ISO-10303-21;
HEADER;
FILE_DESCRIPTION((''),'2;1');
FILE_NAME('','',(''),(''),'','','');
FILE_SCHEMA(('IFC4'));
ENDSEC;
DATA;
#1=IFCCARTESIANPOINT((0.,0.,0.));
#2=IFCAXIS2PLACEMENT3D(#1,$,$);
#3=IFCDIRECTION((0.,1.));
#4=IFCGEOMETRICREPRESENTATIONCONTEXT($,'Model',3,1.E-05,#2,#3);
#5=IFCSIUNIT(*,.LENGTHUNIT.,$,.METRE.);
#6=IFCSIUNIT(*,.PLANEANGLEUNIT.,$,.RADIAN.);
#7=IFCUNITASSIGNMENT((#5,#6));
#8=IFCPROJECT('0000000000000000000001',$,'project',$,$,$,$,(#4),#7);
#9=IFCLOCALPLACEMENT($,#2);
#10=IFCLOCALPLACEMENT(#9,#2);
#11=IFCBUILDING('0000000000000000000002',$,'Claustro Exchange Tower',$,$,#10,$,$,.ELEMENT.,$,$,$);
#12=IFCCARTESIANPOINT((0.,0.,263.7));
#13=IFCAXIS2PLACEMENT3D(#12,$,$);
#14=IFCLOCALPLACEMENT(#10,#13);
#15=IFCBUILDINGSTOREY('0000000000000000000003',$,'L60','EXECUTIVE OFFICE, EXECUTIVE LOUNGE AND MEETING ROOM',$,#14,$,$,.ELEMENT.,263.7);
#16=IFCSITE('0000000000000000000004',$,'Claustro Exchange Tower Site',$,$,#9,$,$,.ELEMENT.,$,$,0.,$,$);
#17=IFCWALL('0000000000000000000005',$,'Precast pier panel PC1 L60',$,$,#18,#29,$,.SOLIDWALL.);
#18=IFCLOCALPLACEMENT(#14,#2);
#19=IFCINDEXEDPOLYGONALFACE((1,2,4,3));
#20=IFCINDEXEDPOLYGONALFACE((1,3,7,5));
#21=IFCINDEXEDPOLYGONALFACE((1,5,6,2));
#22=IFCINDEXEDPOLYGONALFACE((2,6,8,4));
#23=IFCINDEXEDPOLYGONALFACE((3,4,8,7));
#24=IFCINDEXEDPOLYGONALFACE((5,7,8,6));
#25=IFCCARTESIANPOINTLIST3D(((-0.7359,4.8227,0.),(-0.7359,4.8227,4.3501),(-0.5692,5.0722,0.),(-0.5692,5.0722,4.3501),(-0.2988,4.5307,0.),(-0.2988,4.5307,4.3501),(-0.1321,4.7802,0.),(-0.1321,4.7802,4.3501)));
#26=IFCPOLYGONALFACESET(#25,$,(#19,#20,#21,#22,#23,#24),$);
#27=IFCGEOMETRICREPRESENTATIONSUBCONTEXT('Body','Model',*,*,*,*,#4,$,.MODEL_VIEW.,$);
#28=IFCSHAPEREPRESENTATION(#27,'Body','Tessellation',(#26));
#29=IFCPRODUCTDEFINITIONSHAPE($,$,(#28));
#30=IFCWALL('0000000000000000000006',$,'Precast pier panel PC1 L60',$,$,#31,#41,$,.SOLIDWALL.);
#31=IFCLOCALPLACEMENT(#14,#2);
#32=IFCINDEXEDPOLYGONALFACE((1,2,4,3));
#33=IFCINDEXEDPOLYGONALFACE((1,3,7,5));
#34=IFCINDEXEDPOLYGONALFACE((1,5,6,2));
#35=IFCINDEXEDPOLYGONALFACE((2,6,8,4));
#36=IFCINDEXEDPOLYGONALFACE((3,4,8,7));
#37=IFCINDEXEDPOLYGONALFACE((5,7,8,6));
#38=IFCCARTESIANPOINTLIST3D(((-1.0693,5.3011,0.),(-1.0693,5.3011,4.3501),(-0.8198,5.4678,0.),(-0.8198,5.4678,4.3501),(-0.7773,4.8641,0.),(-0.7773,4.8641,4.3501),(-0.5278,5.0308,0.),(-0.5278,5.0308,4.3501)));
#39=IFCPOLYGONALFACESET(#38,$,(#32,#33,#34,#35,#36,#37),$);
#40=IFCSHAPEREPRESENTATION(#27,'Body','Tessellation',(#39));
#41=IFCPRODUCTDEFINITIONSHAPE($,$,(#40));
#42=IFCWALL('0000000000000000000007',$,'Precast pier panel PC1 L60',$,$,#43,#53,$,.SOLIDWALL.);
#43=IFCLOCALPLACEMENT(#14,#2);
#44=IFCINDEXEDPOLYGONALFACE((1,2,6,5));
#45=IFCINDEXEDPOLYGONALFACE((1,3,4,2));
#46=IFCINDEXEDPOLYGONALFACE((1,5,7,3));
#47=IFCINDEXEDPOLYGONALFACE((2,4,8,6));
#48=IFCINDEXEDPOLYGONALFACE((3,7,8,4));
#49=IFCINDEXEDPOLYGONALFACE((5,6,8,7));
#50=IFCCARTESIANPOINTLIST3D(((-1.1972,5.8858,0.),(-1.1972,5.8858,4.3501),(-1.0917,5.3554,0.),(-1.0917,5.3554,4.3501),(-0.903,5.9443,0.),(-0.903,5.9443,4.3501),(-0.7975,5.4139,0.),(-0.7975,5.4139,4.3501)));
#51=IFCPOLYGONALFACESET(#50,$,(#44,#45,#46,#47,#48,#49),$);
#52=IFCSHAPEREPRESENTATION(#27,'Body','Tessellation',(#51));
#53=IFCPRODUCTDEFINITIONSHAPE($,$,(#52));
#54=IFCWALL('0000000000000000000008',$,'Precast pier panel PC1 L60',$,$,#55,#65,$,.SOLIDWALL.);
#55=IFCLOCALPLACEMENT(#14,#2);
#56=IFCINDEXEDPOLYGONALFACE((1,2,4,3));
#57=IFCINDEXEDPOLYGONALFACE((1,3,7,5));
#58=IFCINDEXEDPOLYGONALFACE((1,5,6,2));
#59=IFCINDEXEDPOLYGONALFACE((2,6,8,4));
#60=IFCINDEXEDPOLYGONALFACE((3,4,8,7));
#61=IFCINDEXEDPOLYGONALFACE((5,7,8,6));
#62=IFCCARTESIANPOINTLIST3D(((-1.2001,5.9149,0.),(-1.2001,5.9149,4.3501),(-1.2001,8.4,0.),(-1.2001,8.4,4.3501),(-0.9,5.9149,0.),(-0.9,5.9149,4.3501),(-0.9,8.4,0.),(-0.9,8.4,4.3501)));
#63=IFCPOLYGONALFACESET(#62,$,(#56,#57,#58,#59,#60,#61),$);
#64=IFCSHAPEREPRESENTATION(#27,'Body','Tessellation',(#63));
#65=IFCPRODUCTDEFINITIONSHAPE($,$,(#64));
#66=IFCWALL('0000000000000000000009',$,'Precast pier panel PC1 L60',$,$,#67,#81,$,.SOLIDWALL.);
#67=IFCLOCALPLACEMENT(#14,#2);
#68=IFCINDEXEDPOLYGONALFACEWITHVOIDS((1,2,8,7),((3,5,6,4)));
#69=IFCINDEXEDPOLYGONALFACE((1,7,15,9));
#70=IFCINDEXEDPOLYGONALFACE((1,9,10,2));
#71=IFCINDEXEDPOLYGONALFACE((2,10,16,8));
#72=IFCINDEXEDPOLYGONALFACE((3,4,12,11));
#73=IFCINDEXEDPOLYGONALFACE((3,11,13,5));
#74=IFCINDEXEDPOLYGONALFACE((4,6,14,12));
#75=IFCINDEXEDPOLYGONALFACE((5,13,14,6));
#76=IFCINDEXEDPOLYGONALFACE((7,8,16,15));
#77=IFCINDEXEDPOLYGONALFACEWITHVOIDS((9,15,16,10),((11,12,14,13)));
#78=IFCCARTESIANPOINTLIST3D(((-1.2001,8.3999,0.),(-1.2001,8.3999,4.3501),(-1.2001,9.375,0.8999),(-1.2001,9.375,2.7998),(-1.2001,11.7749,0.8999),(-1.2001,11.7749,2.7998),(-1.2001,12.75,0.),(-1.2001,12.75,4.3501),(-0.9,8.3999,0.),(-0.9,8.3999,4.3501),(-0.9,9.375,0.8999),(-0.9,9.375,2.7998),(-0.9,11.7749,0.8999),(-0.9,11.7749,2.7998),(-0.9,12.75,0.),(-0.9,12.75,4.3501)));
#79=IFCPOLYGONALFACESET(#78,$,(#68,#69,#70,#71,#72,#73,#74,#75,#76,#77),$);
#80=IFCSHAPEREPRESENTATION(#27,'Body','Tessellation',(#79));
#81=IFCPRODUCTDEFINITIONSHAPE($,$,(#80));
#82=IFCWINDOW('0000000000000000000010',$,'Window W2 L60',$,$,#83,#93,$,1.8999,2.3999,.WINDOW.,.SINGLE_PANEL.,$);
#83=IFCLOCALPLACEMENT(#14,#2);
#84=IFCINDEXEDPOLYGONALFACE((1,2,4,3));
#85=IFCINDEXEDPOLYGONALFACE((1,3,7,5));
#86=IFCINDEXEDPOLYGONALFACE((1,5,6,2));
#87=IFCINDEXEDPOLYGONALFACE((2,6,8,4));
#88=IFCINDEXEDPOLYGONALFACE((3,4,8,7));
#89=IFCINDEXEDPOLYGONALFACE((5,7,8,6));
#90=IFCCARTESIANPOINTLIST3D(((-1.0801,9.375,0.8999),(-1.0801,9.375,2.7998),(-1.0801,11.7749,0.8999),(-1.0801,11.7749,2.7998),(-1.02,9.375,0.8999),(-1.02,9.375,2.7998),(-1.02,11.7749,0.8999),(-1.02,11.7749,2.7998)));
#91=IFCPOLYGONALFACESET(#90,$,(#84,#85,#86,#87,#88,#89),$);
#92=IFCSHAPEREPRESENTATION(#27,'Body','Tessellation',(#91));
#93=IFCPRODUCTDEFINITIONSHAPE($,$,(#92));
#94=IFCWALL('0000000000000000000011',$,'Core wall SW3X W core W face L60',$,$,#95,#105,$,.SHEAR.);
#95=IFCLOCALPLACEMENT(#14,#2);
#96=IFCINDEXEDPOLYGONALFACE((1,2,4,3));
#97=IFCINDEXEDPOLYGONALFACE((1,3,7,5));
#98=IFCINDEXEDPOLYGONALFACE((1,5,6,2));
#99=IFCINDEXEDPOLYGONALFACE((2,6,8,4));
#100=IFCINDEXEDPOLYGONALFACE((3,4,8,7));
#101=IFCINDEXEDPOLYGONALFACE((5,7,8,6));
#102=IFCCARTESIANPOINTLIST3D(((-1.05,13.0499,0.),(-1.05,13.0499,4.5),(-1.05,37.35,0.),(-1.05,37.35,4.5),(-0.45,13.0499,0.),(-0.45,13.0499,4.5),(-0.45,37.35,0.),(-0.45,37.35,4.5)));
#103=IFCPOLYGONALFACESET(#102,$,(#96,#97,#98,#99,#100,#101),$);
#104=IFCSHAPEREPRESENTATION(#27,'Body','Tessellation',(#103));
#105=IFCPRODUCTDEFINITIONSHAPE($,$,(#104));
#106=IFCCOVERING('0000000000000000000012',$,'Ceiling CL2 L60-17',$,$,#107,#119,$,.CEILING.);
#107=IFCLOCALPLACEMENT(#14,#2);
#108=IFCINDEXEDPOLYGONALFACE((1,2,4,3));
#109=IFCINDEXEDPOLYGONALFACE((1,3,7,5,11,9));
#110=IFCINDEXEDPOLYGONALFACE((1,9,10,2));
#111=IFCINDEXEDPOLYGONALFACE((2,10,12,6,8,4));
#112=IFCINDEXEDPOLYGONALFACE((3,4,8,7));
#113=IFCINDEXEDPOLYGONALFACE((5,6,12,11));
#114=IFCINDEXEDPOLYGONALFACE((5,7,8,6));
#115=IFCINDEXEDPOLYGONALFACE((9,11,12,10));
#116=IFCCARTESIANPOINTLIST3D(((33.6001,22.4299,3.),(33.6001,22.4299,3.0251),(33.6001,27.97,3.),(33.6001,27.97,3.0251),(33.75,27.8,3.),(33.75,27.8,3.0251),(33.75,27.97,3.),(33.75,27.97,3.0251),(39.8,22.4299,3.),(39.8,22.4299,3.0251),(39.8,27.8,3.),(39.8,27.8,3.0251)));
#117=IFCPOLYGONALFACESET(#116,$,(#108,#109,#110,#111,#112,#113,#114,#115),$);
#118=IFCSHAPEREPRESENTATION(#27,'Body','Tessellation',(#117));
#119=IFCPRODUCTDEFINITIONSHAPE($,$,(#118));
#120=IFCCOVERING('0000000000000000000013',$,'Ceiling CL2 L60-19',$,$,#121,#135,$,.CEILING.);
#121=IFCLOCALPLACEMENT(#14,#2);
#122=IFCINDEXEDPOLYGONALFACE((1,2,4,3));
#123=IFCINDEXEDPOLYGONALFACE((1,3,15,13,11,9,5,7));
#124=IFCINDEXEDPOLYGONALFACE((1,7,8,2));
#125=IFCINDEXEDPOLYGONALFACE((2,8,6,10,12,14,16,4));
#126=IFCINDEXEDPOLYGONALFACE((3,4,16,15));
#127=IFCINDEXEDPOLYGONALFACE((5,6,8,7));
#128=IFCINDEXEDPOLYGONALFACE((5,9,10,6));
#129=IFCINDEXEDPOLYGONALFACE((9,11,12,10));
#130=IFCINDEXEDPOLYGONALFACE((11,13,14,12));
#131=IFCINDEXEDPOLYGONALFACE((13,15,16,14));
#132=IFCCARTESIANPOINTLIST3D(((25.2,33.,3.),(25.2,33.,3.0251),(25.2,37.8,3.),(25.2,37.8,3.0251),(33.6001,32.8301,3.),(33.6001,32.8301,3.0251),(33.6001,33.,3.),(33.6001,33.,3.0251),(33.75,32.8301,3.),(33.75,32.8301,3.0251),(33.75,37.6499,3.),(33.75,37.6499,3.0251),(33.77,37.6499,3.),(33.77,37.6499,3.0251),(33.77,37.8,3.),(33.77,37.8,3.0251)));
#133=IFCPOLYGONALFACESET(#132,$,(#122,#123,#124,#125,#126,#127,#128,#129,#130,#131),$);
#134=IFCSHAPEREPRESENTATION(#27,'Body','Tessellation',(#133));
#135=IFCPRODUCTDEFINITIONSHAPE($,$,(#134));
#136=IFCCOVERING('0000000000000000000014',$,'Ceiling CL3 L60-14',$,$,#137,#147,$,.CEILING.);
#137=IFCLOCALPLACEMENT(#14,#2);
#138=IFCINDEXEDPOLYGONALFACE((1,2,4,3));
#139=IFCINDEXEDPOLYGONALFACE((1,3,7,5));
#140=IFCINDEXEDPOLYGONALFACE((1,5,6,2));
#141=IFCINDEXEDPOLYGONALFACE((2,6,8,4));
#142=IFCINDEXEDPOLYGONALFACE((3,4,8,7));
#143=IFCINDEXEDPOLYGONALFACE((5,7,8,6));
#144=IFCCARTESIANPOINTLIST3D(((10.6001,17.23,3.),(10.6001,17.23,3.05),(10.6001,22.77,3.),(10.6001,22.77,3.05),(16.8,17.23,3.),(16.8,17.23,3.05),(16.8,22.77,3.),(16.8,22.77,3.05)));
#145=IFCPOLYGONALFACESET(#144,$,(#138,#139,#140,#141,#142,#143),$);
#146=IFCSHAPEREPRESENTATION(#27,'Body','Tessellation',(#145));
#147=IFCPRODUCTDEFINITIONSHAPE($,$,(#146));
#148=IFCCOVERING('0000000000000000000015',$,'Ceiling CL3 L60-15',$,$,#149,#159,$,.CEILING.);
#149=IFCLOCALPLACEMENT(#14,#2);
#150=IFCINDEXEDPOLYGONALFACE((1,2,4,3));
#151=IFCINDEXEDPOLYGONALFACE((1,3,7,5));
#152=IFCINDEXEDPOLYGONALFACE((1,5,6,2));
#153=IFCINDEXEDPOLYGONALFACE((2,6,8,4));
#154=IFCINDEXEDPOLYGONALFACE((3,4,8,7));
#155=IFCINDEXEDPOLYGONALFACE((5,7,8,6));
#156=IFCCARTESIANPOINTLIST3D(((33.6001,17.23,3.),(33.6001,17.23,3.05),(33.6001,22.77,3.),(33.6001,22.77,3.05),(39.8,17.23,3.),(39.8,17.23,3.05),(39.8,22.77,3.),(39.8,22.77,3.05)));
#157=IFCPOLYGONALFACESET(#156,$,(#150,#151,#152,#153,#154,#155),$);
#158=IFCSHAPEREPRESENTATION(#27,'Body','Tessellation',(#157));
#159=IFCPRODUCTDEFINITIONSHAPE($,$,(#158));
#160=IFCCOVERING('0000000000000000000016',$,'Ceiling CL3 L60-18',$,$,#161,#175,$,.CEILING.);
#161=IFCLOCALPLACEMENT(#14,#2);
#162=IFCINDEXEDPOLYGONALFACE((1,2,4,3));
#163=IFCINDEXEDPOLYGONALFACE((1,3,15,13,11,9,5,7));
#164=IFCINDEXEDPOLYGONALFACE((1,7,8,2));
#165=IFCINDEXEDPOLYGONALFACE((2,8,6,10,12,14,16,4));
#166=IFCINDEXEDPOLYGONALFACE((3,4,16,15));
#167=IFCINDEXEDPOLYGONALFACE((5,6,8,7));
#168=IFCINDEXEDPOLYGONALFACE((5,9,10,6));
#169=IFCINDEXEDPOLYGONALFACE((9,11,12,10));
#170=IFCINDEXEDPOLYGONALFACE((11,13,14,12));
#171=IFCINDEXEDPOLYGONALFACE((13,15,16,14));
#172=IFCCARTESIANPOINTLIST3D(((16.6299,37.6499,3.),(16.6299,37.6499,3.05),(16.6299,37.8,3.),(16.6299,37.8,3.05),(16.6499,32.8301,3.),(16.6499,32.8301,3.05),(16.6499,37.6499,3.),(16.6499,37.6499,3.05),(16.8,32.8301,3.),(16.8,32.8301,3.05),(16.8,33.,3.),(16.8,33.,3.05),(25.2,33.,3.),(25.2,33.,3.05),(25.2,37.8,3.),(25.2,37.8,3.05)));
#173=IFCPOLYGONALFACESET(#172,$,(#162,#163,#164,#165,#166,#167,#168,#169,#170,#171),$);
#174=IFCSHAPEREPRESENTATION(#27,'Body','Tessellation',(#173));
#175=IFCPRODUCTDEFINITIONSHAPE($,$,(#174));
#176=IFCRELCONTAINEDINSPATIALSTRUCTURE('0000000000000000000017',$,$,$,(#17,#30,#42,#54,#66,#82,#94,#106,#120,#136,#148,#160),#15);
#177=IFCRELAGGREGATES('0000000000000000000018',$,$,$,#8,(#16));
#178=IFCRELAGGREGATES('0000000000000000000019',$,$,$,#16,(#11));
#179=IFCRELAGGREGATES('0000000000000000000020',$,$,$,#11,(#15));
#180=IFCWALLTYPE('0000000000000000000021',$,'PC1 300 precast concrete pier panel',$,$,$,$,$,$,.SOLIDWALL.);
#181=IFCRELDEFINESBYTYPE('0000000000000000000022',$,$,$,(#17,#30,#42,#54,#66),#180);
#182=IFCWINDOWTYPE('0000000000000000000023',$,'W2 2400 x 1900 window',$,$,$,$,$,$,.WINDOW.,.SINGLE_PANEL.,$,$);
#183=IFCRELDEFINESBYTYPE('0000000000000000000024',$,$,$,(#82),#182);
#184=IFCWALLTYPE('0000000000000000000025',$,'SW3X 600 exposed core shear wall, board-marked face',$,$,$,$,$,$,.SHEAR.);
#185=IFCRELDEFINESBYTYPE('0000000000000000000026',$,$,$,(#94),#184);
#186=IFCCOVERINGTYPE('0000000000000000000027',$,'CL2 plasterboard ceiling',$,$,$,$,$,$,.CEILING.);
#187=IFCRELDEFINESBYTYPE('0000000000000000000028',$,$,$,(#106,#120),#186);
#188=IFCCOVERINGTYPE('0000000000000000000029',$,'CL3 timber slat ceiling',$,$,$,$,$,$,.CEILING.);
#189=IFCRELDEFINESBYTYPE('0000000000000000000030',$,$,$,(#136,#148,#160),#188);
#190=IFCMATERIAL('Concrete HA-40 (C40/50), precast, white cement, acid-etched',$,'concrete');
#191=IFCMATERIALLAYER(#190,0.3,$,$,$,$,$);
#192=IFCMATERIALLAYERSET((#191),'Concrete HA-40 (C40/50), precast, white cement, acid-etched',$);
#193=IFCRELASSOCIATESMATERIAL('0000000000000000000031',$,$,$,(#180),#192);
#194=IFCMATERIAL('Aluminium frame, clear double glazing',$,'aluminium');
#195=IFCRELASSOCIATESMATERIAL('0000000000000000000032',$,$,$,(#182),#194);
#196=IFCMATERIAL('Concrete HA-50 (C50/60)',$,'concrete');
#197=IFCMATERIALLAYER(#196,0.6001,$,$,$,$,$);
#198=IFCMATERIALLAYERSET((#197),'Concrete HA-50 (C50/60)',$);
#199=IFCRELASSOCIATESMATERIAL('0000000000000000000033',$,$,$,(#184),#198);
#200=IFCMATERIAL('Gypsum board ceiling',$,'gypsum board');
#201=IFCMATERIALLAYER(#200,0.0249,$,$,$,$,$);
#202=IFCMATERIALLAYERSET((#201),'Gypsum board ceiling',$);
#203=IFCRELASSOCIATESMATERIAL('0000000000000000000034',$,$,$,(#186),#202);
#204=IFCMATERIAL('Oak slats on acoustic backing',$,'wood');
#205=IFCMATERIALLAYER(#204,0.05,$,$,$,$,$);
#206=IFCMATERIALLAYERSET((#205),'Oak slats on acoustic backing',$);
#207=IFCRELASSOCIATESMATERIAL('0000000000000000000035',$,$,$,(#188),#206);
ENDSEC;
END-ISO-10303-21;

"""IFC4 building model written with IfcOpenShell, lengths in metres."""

from ifc_helpers import new_model, si_unit, direction, frame, frame_2d, origin, place, context, subcontext, project, spatial, polyline, rectangle, outline, extrude, material, layer, layer_set, type_object, element, fill, save


model = new_model("IFC4")

# Units and contexts
model_context = context("Model", 3, precision=1e-05, world=origin(), true_north=direction((0.0, 1.0)))
body_context = subcontext(model_context, "Body", "Model", "MODEL_VIEW")
ifc_project = project(units=[si_unit("LENGTHUNIT", "METRE"), si_unit("PLANEANGLEUNIT", "RADIAN")], contexts=[model_context])

# Site, building, storey
site_placement = place(None, origin())
site = spatial("IfcSite", under=ifc_project, at=site_placement, Name="Claustro Exchange Tower Site", CompositionType="ELEMENT", RefElevation=0.0)
building_placement = place(site_placement, origin())
building = spatial("IfcBuilding", under=site, at=building_placement, Name="Claustro Exchange Tower", CompositionType="ELEMENT")
storey_placement = place(building_placement, frame((0.0, 0.0, 263.7)))
storey = spatial("IfcBuildingStorey", under=building, at=storey_placement, Name="L60", Description="EXECUTIVE OFFICE, EXECUTIVE LOUNGE AND MEETING ROOM", CompositionType="ELEMENT", Elevation=263.7)

# Walls
ifc_material_1 = material(Name="Concrete HA-40 (C40/50), precast, white cement, acid-etched", Category="concrete")
ifc_layer_1 = layer(ifc_material_1, 0.3)
ifc_layer_set_1 = layer_set([ifc_layer_1], Name="Concrete HA-40 (C40/50), precast, white cement, acid-etched")
wall_type_1 = type_object("IfcWallType", Name="PC1 300 precast concrete pier panel", PredefinedType="SOLIDWALL", material=ifc_layer_set_1)
for number, where, z_axis, x_axis, name in (
    (1, (-0.2156, 4.6555, 0.0), (0.0, 0.0, 1.0), (-0.831478, 0.555557, 0.0), "Precast pier panel PC1 L60"),
    (2, (-0.6526, 4.9475, 0.0), (0.0, 0.0, 1.0), (-0.555557, 0.831478, 0.0), "Precast pier panel PC1 L60"),
):
    element("IfcWall", number, at=place(storey_placement, frame(where, z_axis=z_axis, x_axis=x_axis)), inside=storey, type_object=wall_type_1, Name=name, PredefinedType="SOLIDWALL", context=body_context, shape_type="SweptSolid", body=[
        extrude(rectangle(XDim=0.5256, YDim=0.3, at=frame_2d((0.2627, 0.0))), origin(), (0.0, 0.0, 1.0), 4.3501),
    ])
wall_1_placement = place(storey_placement, frame((-0.9446, 5.3845, 0.0), z_axis=(0.0, 0.0, 1.0), x_axis=(-0.195074, 0.980789, 0.0)))
element("IfcWall", 3, at=wall_1_placement, inside=storey, type_object=wall_type_1, Name="Precast pier panel PC1 L60", PredefinedType="SOLIDWALL", context=body_context, shape_type="SweptSolid", body=[
    extrude(rectangle(XDim=0.5408, YDim=0.3, at=frame_2d((0.2705, 0.0))), origin(), (0.0, 0.0, 1.0), 4.3501),
])
wall_2_placement = place(storey_placement, frame((-1.05, 5.9148, 0.0), z_axis=(0.0, 0.0, 1.0), x_axis=(0.0, 1.0, 0.0)))
element("IfcWall", 4, at=wall_2_placement, inside=storey, type_object=wall_type_1, Name="Precast pier panel PC1 L60", PredefinedType="SOLIDWALL", context=body_context, shape_type="SweptSolid", body=[
    extrude(rectangle(XDim=2.4851, YDim=0.3, at=frame_2d((1.2427, 0.0))), origin(), (0.0, 0.0, 1.0), 4.3501),
])

# Wall, opening, window
wall_3_placement = place(storey_placement, frame((-1.05, 8.3999, 0.0), z_axis=(0.0, 0.0, 1.0), x_axis=(0.0, 1.0, 0.0)))
wall_3 = element("IfcWall", 5, at=wall_3_placement, inside=storey, type_object=wall_type_1, Name="Precast pier panel PC1 L60", PredefinedType="SOLIDWALL", context=body_context, shape_type="SweptSolid", body=[
    extrude(rectangle(XDim=4.3501, YDim=0.3, at=frame_2d((2.175, 0.0))), origin(), (0.0, 0.0, 1.0), 4.3501),
])
opening_1_placement = place(wall_3_placement, frame((0.9751, 0.0, 0.8999)))
opening_1 = element("IfcOpeningElement", 6, at=opening_1_placement, cuts=wall_3, PredefinedType="OPENING", context=body_context, shape_type="SweptSolid", body=[
    extrude(rectangle(XDim=2.3999, YDim=1.8999, at=frame_2d((1.2, 0.95))), frame((0.0, 0.1599, 0.0), z_axis=(0.0, -1.0, 0.0), x_axis=(1.0, 0.0, 0.0)), (0.0, 0.0, 1.0), 0.3201),
])
ifc_material_2 = material(Name="Aluminium frame, clear double glazing", Category="aluminium")
window_type = type_object("IfcWindowType", Name="W2 2400 x 1900 window", PartitioningType="SINGLE_PANEL", PredefinedType="WINDOW", material=ifc_material_2)
window_placement = place(opening_1_placement, origin())
window = element("IfcWindow", 7, at=window_placement, inside=storey, type_object=window_type, Name="Window W2 L60", OverallHeight=1.8999, OverallWidth=2.3999, PartitioningType="SINGLE_PANEL", PredefinedType="WINDOW", context=body_context, shape_type="SweptSolid", body=[
    extrude(rectangle(XDim=2.3999, YDim=1.8999, at=frame_2d((1.2, 0.95))), frame((0.0, 0.03, 0.0), z_axis=(0.0, -1.0, 0.0), x_axis=(1.0, 0.0, 0.0)), (0.0, 0.0, 1.0), 0.0601),
])
fill(opening_1, window)

# Wall
ifc_material_3 = material(Name="Concrete HA-50 (C50/60)", Category="concrete")
ifc_layer_2 = layer(ifc_material_3, 0.6001)
ifc_layer_set_2 = layer_set([ifc_layer_2], Name="Concrete HA-50 (C50/60)")
wall_type_2 = type_object("IfcWallType", Name="SW3X 600 exposed core shear wall, board-marked face", PredefinedType="SHEAR", material=ifc_layer_set_2)
wall_4_placement = place(storey_placement, frame((-0.75, 13.05, 0.0), z_axis=(0.0, 0.0, 1.0), x_axis=(0.0, 1.0, 0.0)))
element("IfcWall", 8, at=wall_4_placement, inside=storey, type_object=wall_type_2, Name="Core wall SW3X W core W face L60", PredefinedType="SHEAR", context=body_context, shape_type="SweptSolid", body=[
    extrude(rectangle(XDim=24.3, YDim=0.6001, at=frame_2d((12.1499, 0.0))), origin(), (0.0, 0.0, 1.0), 4.5),
])

# Coverings
ifc_material_4 = material(Name="Gypsum board ceiling", Category="gypsum board")
ifc_layer_3 = layer(ifc_material_4, 0.0249)
ifc_layer_set_3 = layer_set([ifc_layer_3], Name="Gypsum board ceiling")
covering_type_1 = type_object("IfcCoveringType", Name="CL2 plasterboard ceiling", PredefinedType="CEILING", material=ifc_layer_set_3)
covering_1_placement = place(storey_placement, frame((0.0, 0.0, 3.0)))
element("IfcCovering", 9, at=covering_1_placement, inside=storey, type_object=covering_type_1, Name="Ceiling CL2 L60-17", PredefinedType="CEILING", context=body_context, shape_type="SweptSolid", body=[
    extrude(outline(polyline([(33.6001, 27.97), (33.6001, 22.4299), (39.8, 22.4299), (39.8, 27.8), (33.75, 27.8), (33.75, 27.97), (33.6001, 27.97)])), origin(), (0.0, 0.0, 1.0), 0.0251),
])
covering_2_placement = place(storey_placement, frame((0.0, 0.0, 3.0)))
element("IfcCovering", 10, at=covering_2_placement, inside=storey, type_object=covering_type_1, Name="Ceiling CL2 L60-19", PredefinedType="CEILING", context=body_context, shape_type="SweptSolid", body=[
    extrude(outline(polyline([(33.6001, 33.0), (33.6001, 32.8301), (33.75, 32.8301), (33.75, 37.6499), (33.77, 37.6499), (33.77, 37.8), (25.2, 37.8), (25.2, 33.0), (33.6001, 33.0)])), origin(), (0.0, 0.0, 1.0), 0.0251),
])
ifc_material_5 = material(Name="Oak slats on acoustic backing", Category="wood")
ifc_layer_4 = layer(ifc_material_5, 0.05)
ifc_layer_set_4 = layer_set([ifc_layer_4], Name="Oak slats on acoustic backing")
covering_type_2 = type_object("IfcCoveringType", Name="CL3 timber slat ceiling", PredefinedType="CEILING", material=ifc_layer_set_4)
covering_3_placement = place(storey_placement, frame((0.0, 0.0, 3.0)))
element("IfcCovering", 11, at=covering_3_placement, inside=storey, type_object=covering_type_2, Name="Ceiling CL3 L60-14", PredefinedType="CEILING", context=body_context, shape_type="SweptSolid", body=[
    extrude(outline(polyline([(10.6001, 22.77), (10.6001, 17.23), (16.8, 17.23), (16.8, 22.77), (10.6001, 22.77)])), origin(), (0.0, 0.0, 1.0), 0.05),
])
covering_4_placement = place(storey_placement, frame((0.0, 0.0, 3.0)))
element("IfcCovering", 12, at=covering_4_placement, inside=storey, type_object=covering_type_2, Name="Ceiling CL3 L60-15", PredefinedType="CEILING", context=body_context, shape_type="SweptSolid", body=[
    extrude(outline(polyline([(33.6001, 22.77), (33.6001, 17.23), (39.8, 17.23), (39.8, 22.77), (33.6001, 22.77)])), origin(), (0.0, 0.0, 1.0), 0.05),
])
covering_5_placement = place(storey_placement, frame((0.0, 0.0, 3.0)))
element("IfcCovering", 13, at=covering_5_placement, inside=storey, type_object=covering_type_2, Name="Ceiling CL3 L60-18", PredefinedType="CEILING", context=body_context, shape_type="SweptSolid", body=[
    extrude(outline(polyline([(25.2, 37.8), (16.6299, 37.8), (16.6299, 37.6499), (16.6499, 37.6499), (16.6499, 32.8301), (16.8, 32.8301), (16.8, 33.0), (25.2, 33.0), (25.2, 37.8)])), origin(), (0.0, 0.0, 1.0), 0.05),
])

save(model, "model.ifc")
